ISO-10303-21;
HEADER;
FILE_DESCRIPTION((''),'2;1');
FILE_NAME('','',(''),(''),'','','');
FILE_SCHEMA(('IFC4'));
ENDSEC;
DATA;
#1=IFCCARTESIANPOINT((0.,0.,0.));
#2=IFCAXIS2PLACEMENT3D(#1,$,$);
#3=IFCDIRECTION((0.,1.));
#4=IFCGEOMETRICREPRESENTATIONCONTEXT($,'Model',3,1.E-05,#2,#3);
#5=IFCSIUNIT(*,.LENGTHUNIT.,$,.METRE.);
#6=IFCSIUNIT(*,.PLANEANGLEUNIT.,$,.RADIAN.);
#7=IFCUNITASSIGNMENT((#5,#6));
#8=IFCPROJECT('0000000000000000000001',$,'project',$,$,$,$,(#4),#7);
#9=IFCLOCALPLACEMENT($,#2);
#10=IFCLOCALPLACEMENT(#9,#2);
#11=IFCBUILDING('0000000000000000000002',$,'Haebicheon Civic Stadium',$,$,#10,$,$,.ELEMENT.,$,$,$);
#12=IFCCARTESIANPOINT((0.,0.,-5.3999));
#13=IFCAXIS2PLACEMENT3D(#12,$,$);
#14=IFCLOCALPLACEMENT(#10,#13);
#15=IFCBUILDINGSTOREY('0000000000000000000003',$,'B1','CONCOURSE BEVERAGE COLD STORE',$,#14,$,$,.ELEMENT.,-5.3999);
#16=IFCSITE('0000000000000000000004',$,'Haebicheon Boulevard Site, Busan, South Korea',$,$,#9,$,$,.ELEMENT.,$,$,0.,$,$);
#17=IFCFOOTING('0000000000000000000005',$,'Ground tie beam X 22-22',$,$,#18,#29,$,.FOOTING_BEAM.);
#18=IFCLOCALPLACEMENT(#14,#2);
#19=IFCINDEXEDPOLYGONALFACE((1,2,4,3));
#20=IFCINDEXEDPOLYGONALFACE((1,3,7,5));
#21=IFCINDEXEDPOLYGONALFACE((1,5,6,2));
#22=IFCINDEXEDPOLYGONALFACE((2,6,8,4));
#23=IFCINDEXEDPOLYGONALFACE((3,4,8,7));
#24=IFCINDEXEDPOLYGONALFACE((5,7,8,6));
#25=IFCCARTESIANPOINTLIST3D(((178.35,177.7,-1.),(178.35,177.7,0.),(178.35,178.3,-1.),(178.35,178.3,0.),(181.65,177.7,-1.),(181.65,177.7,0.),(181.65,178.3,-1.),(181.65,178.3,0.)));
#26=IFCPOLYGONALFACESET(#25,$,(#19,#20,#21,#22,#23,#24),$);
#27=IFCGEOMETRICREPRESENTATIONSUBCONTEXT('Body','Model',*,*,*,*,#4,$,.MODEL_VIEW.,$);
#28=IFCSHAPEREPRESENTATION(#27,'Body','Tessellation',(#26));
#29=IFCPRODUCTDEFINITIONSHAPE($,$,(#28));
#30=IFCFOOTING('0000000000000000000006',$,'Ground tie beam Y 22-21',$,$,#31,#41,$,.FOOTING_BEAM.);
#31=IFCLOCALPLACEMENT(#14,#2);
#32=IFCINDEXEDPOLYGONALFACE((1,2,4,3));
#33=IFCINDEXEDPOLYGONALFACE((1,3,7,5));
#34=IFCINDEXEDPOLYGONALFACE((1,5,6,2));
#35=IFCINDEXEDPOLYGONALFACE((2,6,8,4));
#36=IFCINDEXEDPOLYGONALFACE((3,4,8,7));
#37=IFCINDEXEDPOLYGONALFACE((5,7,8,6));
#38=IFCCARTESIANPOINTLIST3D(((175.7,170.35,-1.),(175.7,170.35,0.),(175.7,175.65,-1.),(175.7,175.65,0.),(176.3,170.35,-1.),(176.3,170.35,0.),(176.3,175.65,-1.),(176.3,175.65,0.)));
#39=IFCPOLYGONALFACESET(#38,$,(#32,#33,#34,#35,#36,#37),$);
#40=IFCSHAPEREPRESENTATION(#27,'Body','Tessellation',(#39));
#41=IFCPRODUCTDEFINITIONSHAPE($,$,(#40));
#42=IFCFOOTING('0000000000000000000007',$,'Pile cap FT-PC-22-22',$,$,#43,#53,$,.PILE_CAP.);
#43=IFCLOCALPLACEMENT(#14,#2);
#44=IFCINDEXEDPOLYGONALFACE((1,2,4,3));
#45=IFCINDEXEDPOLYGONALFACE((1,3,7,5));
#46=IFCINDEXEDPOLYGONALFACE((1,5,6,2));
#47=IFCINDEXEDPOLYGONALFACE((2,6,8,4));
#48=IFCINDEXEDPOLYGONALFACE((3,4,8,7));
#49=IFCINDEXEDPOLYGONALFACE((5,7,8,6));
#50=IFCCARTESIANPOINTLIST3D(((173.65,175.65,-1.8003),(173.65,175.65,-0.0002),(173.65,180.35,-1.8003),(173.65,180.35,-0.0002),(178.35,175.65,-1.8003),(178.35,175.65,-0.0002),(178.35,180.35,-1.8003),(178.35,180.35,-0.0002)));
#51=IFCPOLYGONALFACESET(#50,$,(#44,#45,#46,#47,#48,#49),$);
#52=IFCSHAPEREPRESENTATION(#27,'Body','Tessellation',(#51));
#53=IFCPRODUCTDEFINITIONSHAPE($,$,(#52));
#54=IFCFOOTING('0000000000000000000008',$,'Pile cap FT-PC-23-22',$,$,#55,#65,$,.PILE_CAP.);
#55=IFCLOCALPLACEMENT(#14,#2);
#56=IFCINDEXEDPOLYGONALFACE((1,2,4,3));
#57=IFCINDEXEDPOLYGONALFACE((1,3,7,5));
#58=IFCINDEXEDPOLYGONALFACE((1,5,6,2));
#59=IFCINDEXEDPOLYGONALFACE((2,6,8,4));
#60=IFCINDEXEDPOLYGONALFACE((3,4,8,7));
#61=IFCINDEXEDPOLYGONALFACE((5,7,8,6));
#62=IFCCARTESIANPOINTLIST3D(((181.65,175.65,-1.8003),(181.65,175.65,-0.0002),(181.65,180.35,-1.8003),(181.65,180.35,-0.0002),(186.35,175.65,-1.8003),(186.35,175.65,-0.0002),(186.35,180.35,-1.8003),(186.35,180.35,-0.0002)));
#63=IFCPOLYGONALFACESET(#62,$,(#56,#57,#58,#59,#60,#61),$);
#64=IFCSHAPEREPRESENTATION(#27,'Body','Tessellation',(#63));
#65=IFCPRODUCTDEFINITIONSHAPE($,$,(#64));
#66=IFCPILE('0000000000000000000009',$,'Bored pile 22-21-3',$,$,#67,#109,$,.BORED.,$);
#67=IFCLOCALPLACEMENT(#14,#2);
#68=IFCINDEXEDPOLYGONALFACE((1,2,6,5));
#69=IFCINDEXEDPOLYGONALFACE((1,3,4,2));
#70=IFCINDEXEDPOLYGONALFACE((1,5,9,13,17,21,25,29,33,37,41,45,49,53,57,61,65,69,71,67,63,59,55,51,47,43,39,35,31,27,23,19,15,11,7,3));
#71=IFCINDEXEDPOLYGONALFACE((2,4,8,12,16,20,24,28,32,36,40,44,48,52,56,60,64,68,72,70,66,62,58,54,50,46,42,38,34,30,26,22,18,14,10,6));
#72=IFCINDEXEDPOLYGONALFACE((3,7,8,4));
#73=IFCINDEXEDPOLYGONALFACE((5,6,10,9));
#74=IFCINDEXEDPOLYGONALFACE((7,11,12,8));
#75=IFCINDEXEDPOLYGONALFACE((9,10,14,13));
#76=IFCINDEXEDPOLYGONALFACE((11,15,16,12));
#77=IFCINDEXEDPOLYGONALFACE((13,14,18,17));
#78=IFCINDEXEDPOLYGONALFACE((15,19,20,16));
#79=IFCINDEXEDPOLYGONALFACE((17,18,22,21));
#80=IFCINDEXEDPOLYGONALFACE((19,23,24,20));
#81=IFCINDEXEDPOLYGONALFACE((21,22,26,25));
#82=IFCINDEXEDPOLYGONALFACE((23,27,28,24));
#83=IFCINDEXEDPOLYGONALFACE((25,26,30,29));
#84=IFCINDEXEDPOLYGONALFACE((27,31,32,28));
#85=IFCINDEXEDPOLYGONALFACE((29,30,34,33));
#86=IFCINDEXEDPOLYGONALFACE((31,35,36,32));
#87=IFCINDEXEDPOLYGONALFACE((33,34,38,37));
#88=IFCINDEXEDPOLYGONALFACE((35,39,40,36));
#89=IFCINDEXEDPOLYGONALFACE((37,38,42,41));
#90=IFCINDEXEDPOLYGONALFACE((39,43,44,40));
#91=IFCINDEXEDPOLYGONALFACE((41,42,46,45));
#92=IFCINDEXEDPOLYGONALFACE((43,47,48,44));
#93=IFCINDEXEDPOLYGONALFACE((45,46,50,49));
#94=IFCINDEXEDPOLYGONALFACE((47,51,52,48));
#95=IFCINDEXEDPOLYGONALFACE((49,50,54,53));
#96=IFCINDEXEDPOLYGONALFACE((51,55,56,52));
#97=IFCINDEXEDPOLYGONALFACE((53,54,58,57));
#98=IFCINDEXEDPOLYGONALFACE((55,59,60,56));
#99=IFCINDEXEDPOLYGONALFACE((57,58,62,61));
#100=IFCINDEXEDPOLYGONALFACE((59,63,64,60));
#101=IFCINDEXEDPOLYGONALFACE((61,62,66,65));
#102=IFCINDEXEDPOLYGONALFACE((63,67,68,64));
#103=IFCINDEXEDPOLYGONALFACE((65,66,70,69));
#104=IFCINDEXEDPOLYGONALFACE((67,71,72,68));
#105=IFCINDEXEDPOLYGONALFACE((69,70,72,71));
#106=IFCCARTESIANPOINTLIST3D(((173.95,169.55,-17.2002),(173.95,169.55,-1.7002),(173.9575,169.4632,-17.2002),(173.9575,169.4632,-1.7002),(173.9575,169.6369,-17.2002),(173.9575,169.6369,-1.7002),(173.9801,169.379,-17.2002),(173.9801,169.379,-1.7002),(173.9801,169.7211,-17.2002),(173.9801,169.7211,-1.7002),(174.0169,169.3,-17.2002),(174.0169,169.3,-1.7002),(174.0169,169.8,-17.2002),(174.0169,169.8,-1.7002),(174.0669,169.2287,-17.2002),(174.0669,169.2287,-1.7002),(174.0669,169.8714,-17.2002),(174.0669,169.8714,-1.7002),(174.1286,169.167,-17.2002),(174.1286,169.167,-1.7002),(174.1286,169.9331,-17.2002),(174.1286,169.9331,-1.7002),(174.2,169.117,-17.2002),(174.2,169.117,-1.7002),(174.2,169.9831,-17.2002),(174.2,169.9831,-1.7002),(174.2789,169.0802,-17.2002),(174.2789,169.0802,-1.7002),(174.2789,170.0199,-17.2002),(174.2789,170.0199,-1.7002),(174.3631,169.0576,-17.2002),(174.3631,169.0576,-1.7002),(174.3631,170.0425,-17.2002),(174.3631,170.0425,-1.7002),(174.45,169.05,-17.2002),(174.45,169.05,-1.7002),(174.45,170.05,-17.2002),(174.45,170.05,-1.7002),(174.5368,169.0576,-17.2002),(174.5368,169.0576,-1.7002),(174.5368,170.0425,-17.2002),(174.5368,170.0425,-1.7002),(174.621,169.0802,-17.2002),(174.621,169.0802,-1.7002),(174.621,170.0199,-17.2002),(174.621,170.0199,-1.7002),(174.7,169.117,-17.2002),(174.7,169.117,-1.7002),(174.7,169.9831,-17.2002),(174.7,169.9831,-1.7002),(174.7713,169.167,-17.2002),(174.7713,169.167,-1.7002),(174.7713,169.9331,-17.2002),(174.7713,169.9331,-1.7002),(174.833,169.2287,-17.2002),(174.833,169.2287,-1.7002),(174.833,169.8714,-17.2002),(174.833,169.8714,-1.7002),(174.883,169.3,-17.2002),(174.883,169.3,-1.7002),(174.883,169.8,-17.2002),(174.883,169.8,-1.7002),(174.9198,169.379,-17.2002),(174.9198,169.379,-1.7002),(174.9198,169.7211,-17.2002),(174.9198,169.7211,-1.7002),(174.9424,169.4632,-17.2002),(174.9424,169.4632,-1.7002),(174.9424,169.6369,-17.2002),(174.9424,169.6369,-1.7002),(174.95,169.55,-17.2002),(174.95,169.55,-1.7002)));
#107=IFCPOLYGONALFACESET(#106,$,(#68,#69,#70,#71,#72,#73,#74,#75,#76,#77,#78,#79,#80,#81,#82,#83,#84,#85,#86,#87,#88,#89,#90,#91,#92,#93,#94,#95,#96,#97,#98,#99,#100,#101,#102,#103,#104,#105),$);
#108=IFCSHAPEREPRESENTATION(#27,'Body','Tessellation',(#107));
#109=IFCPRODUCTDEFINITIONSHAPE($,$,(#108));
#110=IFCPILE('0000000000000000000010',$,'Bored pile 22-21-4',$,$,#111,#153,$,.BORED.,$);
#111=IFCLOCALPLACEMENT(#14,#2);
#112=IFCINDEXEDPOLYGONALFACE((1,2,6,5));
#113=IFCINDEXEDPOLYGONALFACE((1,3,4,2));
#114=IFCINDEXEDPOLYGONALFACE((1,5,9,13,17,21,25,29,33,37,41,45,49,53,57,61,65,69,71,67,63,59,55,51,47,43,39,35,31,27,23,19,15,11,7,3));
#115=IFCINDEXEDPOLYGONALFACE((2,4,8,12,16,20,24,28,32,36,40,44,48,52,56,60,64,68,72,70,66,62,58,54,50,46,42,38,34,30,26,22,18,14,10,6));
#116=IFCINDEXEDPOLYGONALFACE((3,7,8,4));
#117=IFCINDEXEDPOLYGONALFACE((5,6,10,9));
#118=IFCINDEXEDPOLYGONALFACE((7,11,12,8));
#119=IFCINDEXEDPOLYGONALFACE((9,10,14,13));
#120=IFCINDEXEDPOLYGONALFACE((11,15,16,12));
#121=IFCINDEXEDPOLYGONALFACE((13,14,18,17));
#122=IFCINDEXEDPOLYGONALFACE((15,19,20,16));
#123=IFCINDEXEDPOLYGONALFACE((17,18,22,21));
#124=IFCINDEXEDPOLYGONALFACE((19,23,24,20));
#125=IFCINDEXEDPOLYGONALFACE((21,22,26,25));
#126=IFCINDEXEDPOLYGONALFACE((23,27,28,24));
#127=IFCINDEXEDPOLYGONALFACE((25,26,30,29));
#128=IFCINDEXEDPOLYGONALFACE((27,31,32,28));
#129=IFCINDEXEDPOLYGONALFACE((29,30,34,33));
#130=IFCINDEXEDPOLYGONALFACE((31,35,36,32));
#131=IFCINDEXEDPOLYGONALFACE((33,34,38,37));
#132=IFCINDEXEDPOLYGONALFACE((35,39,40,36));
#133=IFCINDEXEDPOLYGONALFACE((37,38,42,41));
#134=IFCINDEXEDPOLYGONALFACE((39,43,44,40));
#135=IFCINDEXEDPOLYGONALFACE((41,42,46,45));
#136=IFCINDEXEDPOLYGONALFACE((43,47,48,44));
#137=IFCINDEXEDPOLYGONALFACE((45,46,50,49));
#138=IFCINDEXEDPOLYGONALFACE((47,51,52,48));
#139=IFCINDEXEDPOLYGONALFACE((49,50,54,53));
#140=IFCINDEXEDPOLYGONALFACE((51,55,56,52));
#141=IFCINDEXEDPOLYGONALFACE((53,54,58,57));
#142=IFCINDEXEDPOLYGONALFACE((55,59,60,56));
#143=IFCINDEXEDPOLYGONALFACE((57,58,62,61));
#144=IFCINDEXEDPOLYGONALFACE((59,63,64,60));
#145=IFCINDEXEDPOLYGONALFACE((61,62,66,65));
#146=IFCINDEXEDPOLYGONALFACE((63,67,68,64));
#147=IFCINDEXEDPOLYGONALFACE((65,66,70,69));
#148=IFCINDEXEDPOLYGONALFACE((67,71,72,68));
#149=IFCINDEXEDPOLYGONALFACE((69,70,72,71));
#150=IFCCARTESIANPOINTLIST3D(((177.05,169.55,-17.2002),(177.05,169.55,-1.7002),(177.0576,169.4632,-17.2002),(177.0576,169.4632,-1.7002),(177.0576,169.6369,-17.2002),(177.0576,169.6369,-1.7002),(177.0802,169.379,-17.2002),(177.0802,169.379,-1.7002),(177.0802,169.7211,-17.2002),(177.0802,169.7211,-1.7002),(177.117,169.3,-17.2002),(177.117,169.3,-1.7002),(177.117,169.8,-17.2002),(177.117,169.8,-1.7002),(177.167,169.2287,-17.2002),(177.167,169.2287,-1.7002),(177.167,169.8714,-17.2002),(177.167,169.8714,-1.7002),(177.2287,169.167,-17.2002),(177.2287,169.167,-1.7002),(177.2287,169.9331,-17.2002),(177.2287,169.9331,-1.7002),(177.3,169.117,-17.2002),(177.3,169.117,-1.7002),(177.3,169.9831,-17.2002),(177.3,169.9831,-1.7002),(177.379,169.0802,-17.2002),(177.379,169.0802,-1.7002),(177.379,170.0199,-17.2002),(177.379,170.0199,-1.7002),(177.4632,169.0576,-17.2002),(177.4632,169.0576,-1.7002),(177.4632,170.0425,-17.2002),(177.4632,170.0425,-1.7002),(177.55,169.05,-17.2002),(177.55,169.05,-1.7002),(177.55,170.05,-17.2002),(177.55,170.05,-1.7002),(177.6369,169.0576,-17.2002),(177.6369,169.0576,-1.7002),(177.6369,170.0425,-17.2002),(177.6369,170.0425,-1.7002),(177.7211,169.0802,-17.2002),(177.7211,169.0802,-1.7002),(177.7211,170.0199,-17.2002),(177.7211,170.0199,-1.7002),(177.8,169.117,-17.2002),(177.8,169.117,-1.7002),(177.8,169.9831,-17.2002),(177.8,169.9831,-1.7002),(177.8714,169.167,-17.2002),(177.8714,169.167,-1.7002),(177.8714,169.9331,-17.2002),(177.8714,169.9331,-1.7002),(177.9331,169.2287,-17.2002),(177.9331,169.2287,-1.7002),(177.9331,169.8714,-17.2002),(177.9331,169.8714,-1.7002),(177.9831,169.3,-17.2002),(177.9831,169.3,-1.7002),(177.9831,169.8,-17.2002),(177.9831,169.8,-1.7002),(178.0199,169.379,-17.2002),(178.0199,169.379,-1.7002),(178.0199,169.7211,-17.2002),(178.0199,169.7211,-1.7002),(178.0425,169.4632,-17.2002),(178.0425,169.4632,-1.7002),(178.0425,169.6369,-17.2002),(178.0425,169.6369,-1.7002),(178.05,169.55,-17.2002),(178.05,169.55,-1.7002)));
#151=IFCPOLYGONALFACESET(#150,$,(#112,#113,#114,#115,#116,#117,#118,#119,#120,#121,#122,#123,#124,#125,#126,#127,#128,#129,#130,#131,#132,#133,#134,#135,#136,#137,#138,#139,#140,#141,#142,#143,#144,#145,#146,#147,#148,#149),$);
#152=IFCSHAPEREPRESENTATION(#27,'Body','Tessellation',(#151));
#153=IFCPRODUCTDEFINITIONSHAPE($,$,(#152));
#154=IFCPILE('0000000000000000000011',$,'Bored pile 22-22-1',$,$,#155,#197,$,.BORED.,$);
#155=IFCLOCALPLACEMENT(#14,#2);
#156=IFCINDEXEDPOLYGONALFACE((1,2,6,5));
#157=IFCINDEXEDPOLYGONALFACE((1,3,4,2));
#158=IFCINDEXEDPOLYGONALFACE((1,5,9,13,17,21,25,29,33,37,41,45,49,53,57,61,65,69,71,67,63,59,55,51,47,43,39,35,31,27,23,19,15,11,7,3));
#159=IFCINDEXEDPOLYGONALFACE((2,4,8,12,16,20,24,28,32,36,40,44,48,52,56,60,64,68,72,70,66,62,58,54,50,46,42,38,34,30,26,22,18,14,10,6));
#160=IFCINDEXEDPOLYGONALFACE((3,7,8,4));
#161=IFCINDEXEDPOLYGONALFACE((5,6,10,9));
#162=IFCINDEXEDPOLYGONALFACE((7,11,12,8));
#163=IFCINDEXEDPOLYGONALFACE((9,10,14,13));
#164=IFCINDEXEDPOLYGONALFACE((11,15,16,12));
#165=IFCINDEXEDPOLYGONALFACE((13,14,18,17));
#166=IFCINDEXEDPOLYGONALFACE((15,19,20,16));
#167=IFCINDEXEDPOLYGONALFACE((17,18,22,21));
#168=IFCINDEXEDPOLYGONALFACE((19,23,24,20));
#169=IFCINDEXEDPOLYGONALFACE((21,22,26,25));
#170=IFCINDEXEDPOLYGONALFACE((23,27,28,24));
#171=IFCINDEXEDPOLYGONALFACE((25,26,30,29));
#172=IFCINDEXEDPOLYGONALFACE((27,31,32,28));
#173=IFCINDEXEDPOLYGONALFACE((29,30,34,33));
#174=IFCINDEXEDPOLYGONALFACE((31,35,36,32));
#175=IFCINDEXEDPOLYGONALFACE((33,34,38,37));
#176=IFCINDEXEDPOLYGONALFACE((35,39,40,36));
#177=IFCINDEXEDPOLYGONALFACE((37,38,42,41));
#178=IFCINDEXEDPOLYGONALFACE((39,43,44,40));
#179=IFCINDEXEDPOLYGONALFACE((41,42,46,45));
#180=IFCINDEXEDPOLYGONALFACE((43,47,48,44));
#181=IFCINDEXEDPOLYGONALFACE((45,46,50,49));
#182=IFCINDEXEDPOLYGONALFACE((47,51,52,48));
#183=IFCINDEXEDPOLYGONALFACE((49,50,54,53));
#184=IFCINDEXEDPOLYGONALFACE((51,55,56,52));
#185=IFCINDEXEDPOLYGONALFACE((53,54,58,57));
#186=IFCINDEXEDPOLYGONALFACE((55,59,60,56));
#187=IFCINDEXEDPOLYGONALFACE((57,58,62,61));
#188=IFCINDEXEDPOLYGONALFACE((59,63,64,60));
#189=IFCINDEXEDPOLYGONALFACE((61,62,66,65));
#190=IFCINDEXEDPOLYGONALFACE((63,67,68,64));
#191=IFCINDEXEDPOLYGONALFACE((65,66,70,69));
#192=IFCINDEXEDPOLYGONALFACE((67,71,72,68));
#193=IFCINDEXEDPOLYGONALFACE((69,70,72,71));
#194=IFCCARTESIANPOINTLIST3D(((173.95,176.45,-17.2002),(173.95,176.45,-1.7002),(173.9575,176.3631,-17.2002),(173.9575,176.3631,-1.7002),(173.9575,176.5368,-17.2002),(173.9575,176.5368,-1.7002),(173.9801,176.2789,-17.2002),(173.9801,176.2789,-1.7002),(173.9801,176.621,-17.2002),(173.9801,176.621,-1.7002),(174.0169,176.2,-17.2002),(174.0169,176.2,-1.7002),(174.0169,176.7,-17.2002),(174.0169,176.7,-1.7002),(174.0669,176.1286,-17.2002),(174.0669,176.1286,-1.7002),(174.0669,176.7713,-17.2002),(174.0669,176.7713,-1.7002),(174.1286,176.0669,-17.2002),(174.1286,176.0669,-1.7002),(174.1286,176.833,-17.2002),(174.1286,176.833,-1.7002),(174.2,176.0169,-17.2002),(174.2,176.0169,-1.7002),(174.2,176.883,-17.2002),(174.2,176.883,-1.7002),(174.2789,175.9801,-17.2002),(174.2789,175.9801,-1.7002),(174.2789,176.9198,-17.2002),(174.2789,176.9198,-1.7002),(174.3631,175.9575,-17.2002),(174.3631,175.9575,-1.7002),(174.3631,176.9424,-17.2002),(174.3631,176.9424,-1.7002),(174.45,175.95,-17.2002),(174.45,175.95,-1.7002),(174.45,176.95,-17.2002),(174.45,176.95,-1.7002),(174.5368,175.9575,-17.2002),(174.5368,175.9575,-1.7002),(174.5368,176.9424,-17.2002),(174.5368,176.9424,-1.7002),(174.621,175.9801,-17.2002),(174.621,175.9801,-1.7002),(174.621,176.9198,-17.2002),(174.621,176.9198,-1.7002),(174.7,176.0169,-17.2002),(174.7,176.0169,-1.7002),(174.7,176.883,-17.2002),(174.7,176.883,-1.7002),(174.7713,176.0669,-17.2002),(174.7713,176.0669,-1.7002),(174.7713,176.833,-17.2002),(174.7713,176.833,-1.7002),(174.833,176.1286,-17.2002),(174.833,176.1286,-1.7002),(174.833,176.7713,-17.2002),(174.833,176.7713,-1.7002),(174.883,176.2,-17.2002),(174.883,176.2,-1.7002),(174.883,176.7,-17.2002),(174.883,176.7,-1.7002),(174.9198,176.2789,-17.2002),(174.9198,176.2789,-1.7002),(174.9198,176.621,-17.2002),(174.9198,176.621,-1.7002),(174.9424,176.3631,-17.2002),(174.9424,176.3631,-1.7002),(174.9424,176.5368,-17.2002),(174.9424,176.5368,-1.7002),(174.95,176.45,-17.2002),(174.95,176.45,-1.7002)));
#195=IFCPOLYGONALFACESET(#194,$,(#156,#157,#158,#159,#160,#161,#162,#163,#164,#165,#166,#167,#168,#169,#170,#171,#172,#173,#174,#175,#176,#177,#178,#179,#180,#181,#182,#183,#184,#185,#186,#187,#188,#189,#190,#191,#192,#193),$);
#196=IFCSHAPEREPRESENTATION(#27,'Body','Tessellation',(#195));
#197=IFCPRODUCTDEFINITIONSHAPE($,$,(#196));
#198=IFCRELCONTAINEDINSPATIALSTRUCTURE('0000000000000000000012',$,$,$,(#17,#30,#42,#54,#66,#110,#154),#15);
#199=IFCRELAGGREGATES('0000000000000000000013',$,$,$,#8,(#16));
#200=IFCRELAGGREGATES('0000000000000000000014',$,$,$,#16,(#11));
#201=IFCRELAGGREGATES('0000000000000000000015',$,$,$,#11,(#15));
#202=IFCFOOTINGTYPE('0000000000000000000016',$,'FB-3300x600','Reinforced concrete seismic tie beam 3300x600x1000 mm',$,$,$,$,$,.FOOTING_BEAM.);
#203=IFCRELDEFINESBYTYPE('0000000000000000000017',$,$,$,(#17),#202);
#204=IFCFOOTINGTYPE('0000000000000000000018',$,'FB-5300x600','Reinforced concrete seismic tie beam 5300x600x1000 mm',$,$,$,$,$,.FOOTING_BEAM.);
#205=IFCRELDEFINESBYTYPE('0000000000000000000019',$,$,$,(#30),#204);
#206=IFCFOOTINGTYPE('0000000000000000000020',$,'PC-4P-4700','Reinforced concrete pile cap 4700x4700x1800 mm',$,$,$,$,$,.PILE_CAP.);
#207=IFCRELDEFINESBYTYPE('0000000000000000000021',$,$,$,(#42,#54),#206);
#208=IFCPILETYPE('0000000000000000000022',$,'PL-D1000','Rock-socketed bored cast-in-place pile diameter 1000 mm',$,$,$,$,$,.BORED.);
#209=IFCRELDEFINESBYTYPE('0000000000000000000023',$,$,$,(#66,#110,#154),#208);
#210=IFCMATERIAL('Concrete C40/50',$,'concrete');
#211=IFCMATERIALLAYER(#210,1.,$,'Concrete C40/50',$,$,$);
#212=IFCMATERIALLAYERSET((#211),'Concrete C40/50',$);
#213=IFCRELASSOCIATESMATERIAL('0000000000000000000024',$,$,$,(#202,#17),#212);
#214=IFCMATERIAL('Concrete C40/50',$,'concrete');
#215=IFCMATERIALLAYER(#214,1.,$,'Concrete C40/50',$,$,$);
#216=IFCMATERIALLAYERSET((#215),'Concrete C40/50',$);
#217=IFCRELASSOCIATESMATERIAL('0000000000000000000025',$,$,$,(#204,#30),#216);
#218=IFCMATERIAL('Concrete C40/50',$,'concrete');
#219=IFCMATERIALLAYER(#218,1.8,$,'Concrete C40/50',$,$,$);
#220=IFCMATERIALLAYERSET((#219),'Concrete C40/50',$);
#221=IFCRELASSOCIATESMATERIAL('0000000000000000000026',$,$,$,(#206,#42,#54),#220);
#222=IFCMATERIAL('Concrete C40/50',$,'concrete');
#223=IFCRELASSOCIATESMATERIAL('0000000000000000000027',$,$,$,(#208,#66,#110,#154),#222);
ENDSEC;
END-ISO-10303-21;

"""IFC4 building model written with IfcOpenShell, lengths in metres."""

from ifc_helpers import new_model, si_unit, direction, frame, origin, origin_2d, place, context, subcontext, project, spatial, rectangle, circle, extrude, material, layer, layer_set, material_profile, profile_set, type_object, element, save


model = new_model("IFC4")

# Units and contexts
model_context = context("Model", 3, precision=1e-05, world=origin(), true_north=direction((0.0, 1.0)))
body_context = subcontext(model_context, "Body", "Model", "MODEL_VIEW")
ifc_project = project(units=[si_unit("LENGTHUNIT", "METRE"), si_unit("PLANEANGLEUNIT", "RADIAN")], contexts=[model_context])

# Site, building, storey
site_placement = place(None, origin())
site = spatial("IfcSite", under=ifc_project, at=site_placement, Name="Haebicheon Boulevard Site, Busan, South Korea", CompositionType="ELEMENT", RefElevation=0.0)
building_placement = place(site_placement, origin())
building = spatial("IfcBuilding", under=site, at=building_placement, Name="Haebicheon Civic Stadium", CompositionType="ELEMENT")
storey_placement = place(building_placement, frame((0.0, 0.0, -5.3999)))
storey = spatial("IfcBuildingStorey", under=building, at=storey_placement, Name="B1", Description="CONCOURSE BEVERAGE COLD STORE", CompositionType="ELEMENT", Elevation=-5.3999)

# Footings
ifc_material_1 = material(Name="Concrete C40/50", Category="concrete")
ifc_layer_1 = layer(ifc_material_1, 1.0, Name="Concrete C40/50")
ifc_layer_set_1 = layer_set([ifc_layer_1], Name="Concrete C40/50")
footing_type_1 = type_object("IfcFootingType", Name="FB-3300x600", Description="Reinforced concrete seismic tie beam 3300x600x1000 mm", PredefinedType="FOOTING_BEAM", material=ifc_layer_set_1)
footing_1_placement = place(storey_placement, frame((180.0, 178.0, -1.0), z_axis=(0.0, 0.0, 1.0), x_axis=(1.0, 0.0, 0.0)))
element("IfcFooting", 1, at=footing_1_placement, inside=storey, type_object=footing_type_1, material=ifc_layer_set_1, Name="Ground tie beam X 22-22", PredefinedType="FOOTING_BEAM", context=body_context, shape_type="SweptSolid", body=[
    extrude(rectangle(XDim=3.3, YDim=0.6001, at=origin_2d()), origin(), (0.0, 0.0, 1.0), 1.0),
])
ifc_material_2 = material(Name="Concrete C40/50", Category="concrete")
ifc_layer_2 = layer(ifc_material_2, 1.0, Name="Concrete C40/50")
ifc_layer_set_2 = layer_set([ifc_layer_2], Name="Concrete C40/50")
footing_type_2 = type_object("IfcFootingType", Name="FB-5300x600", Description="Reinforced concrete seismic tie beam 5300x600x1000 mm", PredefinedType="FOOTING_BEAM", material=ifc_layer_set_2)
footing_2_placement = place(storey_placement, frame((176.0, 173.0, -1.0), z_axis=(0.0, 0.0, 1.0), x_axis=(0.0, 1.0, 0.0)))
element("IfcFooting", 2, at=footing_2_placement, inside=storey, type_object=footing_type_2, material=ifc_layer_set_2, Name="Ground tie beam Y 22-21", PredefinedType="FOOTING_BEAM", context=body_context, shape_type="SweptSolid", body=[
    extrude(rectangle(XDim=5.3, YDim=0.6001, at=origin_2d()), origin(), (0.0, 0.0, 1.0), 1.0),
])
ifc_material_3 = material(Name="Concrete C40/50", Category="concrete")
ifc_layer_3 = layer(ifc_material_3, 1.8, Name="Concrete C40/50")
ifc_layer_set_3 = layer_set([ifc_layer_3], Name="Concrete C40/50")
footing_type_3 = type_object("IfcFootingType", Name="PC-4P-4700", Description="Reinforced concrete pile cap 4700x4700x1800 mm", PredefinedType="PILE_CAP", material=ifc_layer_set_3)
for number, where, z_axis, x_axis, name in (
    (3, (176.0, 178.0, -1.8003), (0.0, 0.0, 1.0), (1.0, 0.0, 0.0), "Pile cap FT-PC-22-22"),
    (4, (184.0, 178.0, -1.8003), (0.0, 0.0, 1.0), (1.0, 0.0, 0.0), "Pile cap FT-PC-23-22"),
):
    element("IfcFooting", number, at=place(storey_placement, frame(where, z_axis=z_axis, x_axis=x_axis)), inside=storey, type_object=footing_type_3, material=ifc_layer_set_3, Name=name, PredefinedType="PILE_CAP", context=body_context, shape_type="SweptSolid", body=[
        extrude(rectangle(XDim=4.7, YDim=4.7, at=origin_2d()), origin(), (0.0, 0.0, 1.0), 1.8),
    ])

# Piles
ifc_material_4 = material(Name="Concrete C40/50", Category="concrete")
ifc_material_profile_1 = material_profile(ifc_material_4, circle(Radius=0.5, at=origin_2d()), Name="PILE-D1000")
ifc_profile_set_1 = profile_set([ifc_material_profile_1], Name="Concrete C40/50")
pile_type = type_object("IfcPileType", Name="PL-D1000", Description="Rock-socketed bored cast-in-place pile diameter 1000 mm", PredefinedType="BORED", material=ifc_profile_set_1)
for number, where, z_axis, x_axis, name in (
    (5, (174.45, 169.55, -1.7002), (0.0, 0.0, -1.0), (1.0, 0.0, 0.0), "Bored pile 22-21-3"),
    (6, (177.55, 169.55, -1.7002), (0.0, 0.0, -1.0), (1.0, 0.0, 0.0), "Bored pile 22-21-4"),
    (7, (174.45, 176.45, -1.7002), (0.0, 0.0, -1.0), (1.0, 0.0, 0.0), "Bored pile 22-22-1"),
):
    element("IfcPile", number, at=place(storey_placement, frame(where, z_axis=z_axis, x_axis=x_axis)), inside=storey, type_object=pile_type, material=ifc_profile_set_1, Name=name, PredefinedType="BORED", context=body_context, shape_type="SweptSolid", body=[
        extrude(circle(Radius=0.5, at=origin_2d()), origin(), (0.0, 0.0, 1.0), 15.5),
    ])

save(model, "model.ifc")
